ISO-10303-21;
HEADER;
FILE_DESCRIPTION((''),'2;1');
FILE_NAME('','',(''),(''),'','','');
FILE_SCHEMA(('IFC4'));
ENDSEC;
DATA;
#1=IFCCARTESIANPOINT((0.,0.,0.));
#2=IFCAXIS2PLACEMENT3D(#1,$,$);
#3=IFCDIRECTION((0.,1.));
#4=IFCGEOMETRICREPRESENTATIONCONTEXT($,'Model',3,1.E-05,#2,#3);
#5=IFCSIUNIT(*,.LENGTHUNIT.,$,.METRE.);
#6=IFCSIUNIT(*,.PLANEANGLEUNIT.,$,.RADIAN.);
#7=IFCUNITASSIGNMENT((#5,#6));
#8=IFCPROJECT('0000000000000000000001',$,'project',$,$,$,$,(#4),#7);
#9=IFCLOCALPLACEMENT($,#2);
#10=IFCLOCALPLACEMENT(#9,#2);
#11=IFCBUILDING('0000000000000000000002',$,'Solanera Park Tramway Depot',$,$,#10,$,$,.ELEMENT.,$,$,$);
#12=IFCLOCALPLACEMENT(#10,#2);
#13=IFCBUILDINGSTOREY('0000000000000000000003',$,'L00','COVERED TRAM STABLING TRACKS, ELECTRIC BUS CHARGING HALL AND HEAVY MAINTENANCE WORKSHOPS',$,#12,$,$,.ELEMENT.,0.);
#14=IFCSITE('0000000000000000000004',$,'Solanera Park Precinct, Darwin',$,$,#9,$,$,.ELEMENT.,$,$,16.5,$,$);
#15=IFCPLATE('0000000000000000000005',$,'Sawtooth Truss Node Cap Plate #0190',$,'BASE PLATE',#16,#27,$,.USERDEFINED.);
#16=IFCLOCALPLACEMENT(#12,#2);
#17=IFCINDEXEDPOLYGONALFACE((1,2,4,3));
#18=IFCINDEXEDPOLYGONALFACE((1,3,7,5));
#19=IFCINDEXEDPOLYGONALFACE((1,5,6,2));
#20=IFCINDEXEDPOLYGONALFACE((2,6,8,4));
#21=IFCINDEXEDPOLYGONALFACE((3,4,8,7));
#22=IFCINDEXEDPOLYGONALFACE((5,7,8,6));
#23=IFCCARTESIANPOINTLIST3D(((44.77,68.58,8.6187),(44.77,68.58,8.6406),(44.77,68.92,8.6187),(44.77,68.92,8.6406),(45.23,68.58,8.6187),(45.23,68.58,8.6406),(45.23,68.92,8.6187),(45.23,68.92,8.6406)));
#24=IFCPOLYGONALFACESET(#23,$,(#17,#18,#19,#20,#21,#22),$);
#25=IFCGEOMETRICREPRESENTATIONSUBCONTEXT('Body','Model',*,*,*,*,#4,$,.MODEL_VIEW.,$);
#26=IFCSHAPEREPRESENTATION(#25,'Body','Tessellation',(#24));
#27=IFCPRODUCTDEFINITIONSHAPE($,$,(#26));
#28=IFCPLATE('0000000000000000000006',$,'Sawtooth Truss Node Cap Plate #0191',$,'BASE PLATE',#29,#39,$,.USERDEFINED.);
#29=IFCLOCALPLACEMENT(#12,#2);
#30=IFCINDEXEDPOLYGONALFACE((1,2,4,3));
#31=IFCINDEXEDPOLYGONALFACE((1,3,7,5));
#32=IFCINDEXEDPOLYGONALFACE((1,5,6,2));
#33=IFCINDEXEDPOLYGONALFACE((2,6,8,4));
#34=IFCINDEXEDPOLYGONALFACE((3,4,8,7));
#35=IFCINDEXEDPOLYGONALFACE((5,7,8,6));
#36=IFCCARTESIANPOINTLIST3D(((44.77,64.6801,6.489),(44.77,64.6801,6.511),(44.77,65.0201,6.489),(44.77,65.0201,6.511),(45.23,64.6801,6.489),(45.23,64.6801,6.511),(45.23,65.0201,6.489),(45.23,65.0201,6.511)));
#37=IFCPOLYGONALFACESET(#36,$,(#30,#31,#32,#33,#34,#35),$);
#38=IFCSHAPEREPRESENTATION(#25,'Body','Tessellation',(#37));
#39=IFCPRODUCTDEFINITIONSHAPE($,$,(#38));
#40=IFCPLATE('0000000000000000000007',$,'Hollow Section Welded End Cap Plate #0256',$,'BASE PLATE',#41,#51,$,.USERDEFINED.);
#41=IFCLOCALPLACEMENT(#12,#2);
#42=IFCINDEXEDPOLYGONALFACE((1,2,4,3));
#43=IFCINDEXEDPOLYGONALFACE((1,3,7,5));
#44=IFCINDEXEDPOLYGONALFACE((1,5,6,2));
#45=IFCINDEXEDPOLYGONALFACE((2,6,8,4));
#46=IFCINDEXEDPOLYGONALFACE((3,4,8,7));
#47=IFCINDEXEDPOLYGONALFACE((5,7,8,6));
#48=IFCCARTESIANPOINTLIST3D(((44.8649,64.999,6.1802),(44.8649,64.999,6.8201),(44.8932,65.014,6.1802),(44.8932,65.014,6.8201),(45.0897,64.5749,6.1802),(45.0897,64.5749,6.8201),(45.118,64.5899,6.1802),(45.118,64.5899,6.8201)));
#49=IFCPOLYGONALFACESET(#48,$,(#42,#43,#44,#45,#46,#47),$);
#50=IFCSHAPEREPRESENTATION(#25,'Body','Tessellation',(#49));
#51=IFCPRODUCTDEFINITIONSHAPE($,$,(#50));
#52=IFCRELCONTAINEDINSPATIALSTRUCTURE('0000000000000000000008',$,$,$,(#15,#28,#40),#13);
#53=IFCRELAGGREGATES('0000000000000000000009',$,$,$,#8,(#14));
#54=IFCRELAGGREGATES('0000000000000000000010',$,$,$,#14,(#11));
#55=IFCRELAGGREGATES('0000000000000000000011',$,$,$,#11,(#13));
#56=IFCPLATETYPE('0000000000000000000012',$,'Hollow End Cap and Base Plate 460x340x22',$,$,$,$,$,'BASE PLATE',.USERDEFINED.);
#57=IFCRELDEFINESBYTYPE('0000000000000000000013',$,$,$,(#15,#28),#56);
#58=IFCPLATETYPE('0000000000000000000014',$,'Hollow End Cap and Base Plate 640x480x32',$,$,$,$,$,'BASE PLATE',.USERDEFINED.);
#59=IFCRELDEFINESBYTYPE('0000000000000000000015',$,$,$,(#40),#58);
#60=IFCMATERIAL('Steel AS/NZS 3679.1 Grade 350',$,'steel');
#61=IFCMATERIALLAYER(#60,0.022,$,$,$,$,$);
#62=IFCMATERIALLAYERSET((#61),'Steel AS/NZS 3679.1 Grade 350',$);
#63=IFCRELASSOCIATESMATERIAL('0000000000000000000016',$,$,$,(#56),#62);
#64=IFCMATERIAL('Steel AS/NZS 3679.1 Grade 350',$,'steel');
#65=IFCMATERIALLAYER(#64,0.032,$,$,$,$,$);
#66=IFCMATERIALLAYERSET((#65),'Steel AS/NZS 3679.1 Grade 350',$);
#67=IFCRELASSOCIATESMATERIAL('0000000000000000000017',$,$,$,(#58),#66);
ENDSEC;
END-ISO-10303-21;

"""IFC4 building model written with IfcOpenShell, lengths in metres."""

from ifc_helpers import new_model, si_unit, direction, frame, origin, origin_2d, place, context, subcontext, project, spatial, rectangle, extrude, material, layer, layer_set, type_object, element, save


model = new_model("IFC4")

# Units and contexts
model_context = context("Model", 3, precision=1e-05, world=origin(), true_north=direction((0.0, 1.0)))
body_context = subcontext(model_context, "Body", "Model", "MODEL_VIEW")
ifc_project = project(units=[si_unit("LENGTHUNIT", "METRE"), si_unit("PLANEANGLEUNIT", "RADIAN")], contexts=[model_context])

# Site, building, storey
site_placement = place(None, origin())
site = spatial("IfcSite", under=ifc_project, at=site_placement, Name="Solanera Park Precinct, Darwin", CompositionType="ELEMENT", RefElevation=16.5)
building_placement = place(site_placement, origin())
building = spatial("IfcBuilding", under=site, at=building_placement, Name="Solanera Park Tramway Depot", CompositionType="ELEMENT")
storey_placement = place(building_placement, origin())
storey = spatial("IfcBuildingStorey", under=building, at=storey_placement, Name="L00", Description="COVERED TRAM STABLING TRACKS, ELECTRIC BUS CHARGING HALL AND HEAVY MAINTENANCE WORKSHOPS", CompositionType="ELEMENT", Elevation=0.0)

# Plates
ifc_material_1 = material(Name="Steel AS/NZS 3679.1 Grade 350", Category="steel")
ifc_layer_1 = layer(ifc_material_1, 0.022)
ifc_layer_set_1 = layer_set([ifc_layer_1], Name="Steel AS/NZS 3679.1 Grade 350")
plate_type_1 = type_object("IfcPlateType", Name="Hollow End Cap and Base Plate 460x340x22", ElementType="BASE PLATE", PredefinedType="USERDEFINED", material=ifc_layer_set_1)
for number, where, z_axis, x_axis, name in (
    (1, (45.0, 68.75, 8.6187), (0.0, 0.0, 1.0), (1.0, 0.0, 0.0), "Sawtooth Truss Node Cap Plate #0190"),
    (2, (45.0, 64.8501, 6.489), (0.0, 0.0, 1.0), (1.0, 0.0, 0.0), "Sawtooth Truss Node Cap Plate #0191"),
):
    element("IfcPlate", number, at=place(storey_placement, frame(where, z_axis=z_axis, x_axis=x_axis)), inside=storey, type_object=plate_type_1, Name=name, ObjectType="BASE PLATE", PredefinedType="USERDEFINED", context=body_context, shape_type="SweptSolid", body=[
        extrude(rectangle(XDim=0.46, YDim=0.3401, at=origin_2d()), origin(), (0.0, 0.0, 1.0), 0.022),
    ])
ifc_material_2 = material(Name="Steel AS/NZS 3679.1 Grade 350", Category="steel")
ifc_layer_2 = layer(ifc_material_2, 0.032)
ifc_layer_set_2 = layer_set([ifc_layer_2], Name="Steel AS/NZS 3679.1 Grade 350")
plate_type_2 = type_object("IfcPlateType", Name="Hollow End Cap and Base Plate 640x480x32", ElementType="BASE PLATE", PredefinedType="USERDEFINED", material=ifc_layer_set_2)
plate_1_placement = place(storey_placement, frame((44.9915, 64.7944, 6.1802), z_axis=(0.0, 0.0, 1.0), x_axis=(0.883521, 0.468392, 0.0)))
element("IfcPlate", 3, at=plate_1_placement, inside=storey, type_object=plate_type_2, Name="Hollow Section Welded End Cap Plate #0256", ObjectType="BASE PLATE", PredefinedType="USERDEFINED", context=body_context, shape_type="SweptSolid", body=[
    extrude(rectangle(XDim=0.032, YDim=0.48, at=origin_2d()), origin(), (0.0, 0.0, 1.0), 0.6399),
])

save(model, "model.ifc")
